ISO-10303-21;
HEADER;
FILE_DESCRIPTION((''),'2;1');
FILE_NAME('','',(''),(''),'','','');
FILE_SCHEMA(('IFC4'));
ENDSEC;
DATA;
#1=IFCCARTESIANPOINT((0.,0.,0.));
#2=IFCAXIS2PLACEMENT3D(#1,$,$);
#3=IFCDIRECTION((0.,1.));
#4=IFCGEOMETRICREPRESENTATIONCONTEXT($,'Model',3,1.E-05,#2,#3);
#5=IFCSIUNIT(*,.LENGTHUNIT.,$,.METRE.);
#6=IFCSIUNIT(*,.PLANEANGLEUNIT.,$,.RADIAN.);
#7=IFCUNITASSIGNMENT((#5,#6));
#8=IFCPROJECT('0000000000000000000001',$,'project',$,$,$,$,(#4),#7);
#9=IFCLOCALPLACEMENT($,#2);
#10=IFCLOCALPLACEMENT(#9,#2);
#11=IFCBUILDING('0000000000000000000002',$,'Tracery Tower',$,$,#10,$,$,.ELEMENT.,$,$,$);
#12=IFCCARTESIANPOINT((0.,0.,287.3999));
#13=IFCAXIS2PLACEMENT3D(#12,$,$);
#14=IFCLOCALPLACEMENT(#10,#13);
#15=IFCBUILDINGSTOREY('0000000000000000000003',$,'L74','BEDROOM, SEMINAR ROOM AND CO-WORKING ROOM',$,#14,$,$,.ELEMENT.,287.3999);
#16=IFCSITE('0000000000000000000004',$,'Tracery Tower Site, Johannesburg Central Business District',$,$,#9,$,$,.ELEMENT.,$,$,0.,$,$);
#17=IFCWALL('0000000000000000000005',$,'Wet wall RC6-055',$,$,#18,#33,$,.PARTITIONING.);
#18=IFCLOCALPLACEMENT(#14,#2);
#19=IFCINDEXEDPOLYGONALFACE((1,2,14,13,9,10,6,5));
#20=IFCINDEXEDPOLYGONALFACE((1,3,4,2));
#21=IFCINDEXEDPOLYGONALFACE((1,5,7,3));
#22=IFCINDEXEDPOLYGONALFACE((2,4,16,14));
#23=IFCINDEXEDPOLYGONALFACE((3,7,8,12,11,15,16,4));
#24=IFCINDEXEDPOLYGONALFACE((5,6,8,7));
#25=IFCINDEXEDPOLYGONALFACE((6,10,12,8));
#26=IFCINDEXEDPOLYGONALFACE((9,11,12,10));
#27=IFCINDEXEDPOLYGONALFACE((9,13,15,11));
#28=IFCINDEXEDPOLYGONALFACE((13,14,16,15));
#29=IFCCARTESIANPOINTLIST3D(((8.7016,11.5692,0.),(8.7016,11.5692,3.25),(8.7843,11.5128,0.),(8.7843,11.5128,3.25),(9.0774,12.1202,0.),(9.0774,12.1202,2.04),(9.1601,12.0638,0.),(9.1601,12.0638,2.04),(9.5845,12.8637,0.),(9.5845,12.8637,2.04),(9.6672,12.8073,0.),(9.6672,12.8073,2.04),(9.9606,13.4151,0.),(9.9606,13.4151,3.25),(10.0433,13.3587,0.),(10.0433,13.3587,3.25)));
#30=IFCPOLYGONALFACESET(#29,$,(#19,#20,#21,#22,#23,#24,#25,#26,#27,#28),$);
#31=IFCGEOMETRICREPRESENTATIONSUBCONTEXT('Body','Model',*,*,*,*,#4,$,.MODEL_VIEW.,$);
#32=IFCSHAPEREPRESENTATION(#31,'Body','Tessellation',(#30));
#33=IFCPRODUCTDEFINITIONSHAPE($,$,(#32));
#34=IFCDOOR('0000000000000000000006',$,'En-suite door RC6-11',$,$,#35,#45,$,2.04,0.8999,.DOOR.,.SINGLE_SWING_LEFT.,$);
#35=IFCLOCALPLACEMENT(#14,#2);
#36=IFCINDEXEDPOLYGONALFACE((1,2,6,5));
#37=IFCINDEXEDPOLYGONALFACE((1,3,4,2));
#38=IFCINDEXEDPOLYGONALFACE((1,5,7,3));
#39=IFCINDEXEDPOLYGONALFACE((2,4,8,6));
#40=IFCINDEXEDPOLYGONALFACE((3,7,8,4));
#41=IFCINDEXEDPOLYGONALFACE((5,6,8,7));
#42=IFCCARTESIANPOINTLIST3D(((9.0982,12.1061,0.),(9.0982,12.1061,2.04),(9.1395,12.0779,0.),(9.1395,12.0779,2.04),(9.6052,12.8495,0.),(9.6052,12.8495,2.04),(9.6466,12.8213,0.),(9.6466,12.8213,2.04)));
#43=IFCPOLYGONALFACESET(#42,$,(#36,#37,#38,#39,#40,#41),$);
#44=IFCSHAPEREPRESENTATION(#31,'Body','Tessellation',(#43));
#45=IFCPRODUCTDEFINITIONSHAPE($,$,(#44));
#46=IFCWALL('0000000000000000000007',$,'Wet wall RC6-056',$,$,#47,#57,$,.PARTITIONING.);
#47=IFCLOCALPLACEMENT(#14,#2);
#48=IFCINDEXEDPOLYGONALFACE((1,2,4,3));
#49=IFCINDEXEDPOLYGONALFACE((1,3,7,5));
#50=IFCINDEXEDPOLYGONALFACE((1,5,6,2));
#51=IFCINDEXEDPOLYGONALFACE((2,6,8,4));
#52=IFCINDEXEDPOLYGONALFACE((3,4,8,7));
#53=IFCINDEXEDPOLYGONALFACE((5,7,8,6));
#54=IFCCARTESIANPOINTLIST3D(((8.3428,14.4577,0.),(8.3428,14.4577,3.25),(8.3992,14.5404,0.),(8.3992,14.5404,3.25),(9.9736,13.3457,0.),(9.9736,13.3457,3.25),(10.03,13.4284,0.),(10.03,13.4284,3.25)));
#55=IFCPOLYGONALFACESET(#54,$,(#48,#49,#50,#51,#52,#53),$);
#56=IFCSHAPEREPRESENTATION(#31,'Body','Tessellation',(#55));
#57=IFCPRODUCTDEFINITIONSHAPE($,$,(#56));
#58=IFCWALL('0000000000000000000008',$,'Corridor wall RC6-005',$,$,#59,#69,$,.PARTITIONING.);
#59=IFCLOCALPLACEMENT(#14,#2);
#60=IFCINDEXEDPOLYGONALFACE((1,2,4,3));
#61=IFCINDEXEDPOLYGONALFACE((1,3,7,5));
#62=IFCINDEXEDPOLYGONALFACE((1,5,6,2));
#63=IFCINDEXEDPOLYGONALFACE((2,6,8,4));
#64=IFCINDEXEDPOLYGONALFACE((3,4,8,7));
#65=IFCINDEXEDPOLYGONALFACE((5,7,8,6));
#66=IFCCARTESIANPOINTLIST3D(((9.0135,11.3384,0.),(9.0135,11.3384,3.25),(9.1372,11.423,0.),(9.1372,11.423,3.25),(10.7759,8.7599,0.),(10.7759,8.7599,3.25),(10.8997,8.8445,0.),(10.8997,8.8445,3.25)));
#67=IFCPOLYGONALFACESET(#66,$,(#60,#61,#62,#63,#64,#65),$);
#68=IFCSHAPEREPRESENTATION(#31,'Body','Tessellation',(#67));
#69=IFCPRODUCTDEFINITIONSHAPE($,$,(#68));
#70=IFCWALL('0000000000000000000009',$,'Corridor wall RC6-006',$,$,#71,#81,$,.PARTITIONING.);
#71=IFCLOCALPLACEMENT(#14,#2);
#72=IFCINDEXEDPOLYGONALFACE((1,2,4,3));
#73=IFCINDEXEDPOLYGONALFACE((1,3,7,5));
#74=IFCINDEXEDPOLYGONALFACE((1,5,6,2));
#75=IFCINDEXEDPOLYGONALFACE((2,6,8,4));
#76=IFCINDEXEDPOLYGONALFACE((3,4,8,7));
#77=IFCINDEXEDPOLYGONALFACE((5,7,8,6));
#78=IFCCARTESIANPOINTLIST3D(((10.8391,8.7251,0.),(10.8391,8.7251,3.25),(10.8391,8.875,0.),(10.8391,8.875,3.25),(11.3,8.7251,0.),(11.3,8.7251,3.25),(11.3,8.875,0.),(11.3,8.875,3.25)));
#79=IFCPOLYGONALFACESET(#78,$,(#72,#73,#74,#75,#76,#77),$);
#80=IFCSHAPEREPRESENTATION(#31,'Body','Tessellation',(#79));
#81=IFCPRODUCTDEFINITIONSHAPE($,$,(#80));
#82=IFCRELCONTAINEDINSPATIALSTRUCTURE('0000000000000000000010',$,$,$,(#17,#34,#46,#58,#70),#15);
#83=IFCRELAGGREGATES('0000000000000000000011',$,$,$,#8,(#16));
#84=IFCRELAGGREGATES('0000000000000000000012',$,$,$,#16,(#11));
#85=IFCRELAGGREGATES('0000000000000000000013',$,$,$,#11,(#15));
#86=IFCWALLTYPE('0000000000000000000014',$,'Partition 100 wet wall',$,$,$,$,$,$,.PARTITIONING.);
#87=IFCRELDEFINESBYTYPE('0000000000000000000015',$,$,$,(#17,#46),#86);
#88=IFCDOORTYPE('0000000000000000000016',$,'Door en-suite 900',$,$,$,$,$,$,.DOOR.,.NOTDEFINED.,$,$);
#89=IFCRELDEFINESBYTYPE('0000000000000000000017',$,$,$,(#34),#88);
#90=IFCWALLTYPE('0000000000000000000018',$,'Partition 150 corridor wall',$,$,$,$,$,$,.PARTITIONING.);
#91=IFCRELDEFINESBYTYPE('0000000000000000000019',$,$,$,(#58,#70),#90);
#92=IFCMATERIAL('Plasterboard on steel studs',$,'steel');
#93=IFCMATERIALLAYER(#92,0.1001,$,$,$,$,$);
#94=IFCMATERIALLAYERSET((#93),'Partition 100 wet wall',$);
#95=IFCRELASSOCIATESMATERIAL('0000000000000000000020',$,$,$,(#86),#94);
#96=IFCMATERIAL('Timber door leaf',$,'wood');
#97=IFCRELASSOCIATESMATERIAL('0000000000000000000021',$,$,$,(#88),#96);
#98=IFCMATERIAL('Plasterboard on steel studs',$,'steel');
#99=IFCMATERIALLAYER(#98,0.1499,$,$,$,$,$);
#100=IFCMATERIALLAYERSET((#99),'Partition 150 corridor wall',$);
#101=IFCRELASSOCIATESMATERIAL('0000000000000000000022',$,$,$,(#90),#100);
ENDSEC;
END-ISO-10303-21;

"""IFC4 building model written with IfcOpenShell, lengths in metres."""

from ifc_helpers import new_model, si_unit, direction, frame, frame_2d, origin, place, context, subcontext, project, spatial, rectangle, extrude, material, layer, layer_set, type_object, element, fill, save


model = new_model("IFC4")

# Units and contexts
model_context = context("Model", 3, precision=1e-05, world=origin(), true_north=direction((0.0, 1.0)))
body_context = subcontext(model_context, "Body", "Model", "MODEL_VIEW")
ifc_project = project(units=[si_unit("LENGTHUNIT", "METRE"), si_unit("PLANEANGLEUNIT", "RADIAN")], contexts=[model_context])

# Site, building, storey
site_placement = place(None, origin())
site = spatial("IfcSite", under=ifc_project, at=site_placement, Name="Tracery Tower Site, Johannesburg Central Business District", CompositionType="ELEMENT", RefElevation=0.0)
building_placement = place(site_placement, origin())
building = spatial("IfcBuilding", under=site, at=building_placement, Name="Tracery Tower", CompositionType="ELEMENT")
storey_placement = place(building_placement, frame((0.0, 0.0, 287.3999)))
storey = spatial("IfcBuildingStorey", under=building, at=storey_placement, Name="L74", Description="BEDROOM, SEMINAR ROOM AND CO-WORKING ROOM", CompositionType="ELEMENT", Elevation=287.3999)

# Wall, opening, door
ifc_material_1 = material(Name="Plasterboard on steel studs", Category="steel")
ifc_layer_1 = layer(ifc_material_1, 0.1001)
ifc_layer_set_1 = layer_set([ifc_layer_1], Name="Partition 100 wet wall")
wall_type_1 = type_object("IfcWallType", Name="Partition 100 wet wall", PredefinedType="PARTITIONING", material=ifc_layer_set_1)
wall_1_placement = place(storey_placement, frame((8.7429, 11.541, 0.0), z_axis=(0.0, 0.0, 1.0), x_axis=(0.563469, 0.826137, 0.0)))
wall_1 = element("IfcWall", 1, at=wall_1_placement, inside=storey, type_object=wall_type_1, Name="Wet wall RC6-055", PredefinedType="PARTITIONING", context=body_context, shape_type="SweptSolid", body=[
    extrude(rectangle(XDim=2.2344, YDim=0.1001, at=frame_2d((1.1172, 0.0))), origin(), (0.0, 0.0, 1.0), 3.25),
])
opening_1_placement = place(wall_1_placement, frame((0.667, 0.0, 0.0)))
opening_1 = element("IfcOpeningElement", 2, at=opening_1_placement, cuts=wall_1, PredefinedType="OPENING", context=body_context, shape_type="SweptSolid", body=[
    extrude(rectangle(XDim=0.8999, YDim=2.04, at=frame_2d((0.45, 1.02))), frame((0.0, 0.05, 0.0), z_axis=(0.0, -1.0, 0.0), x_axis=(1.0, 0.0, 0.0)), (0.0, 0.0, 1.0), 0.1001),
])
ifc_material_2 = material(Name="Timber door leaf", Category="wood")
door_type_1 = type_object("IfcDoorType", Name="Door en-suite 900", OperationType="NOTDEFINED", PredefinedType="DOOR", material=ifc_material_2)
door_1_placement = place(opening_1_placement, origin())
door_1 = element("IfcDoor", 3, at=door_1_placement, inside=storey, type_object=door_type_1, Name="En-suite door RC6-11", OperationType="SINGLE_SWING_LEFT", OverallHeight=2.04, OverallWidth=0.8999, PredefinedType="DOOR", context=body_context, shape_type="SweptSolid", body=[
    extrude(rectangle(XDim=0.8999, YDim=2.04, at=frame_2d((0.45, 1.02))), frame((0.0, 0.0249, 0.0), z_axis=(0.0, -1.0, 0.0), x_axis=(1.0, 0.0, 0.0)), (0.0, 0.0, 1.0), 0.05),
])
fill(opening_1, door_1)

# Walls
wall_2_placement = place(storey_placement, frame((8.3711, 14.499, 0.0), z_axis=(0.0, 0.0, 1.0), x_axis=(0.826201, -0.563375, 0.0)))
element("IfcWall", 4, at=wall_2_placement, inside=storey, type_object=wall_type_1, Name="Wet wall RC6-056", PredefinedType="PARTITIONING", context=body_context, shape_type="SweptSolid", body=[
    extrude(rectangle(XDim=1.9739, YDim=0.1001, at=frame_2d((0.9868, 0.0))), origin(), (0.0, 0.0, 1.0), 3.25),
])
ifc_material_3 = material(Name="Plasterboard on steel studs", Category="steel")
ifc_layer_2 = layer(ifc_material_3, 0.1499)
ifc_layer_set_2 = layer_set([ifc_layer_2], Name="Partition 150 corridor wall")
wall_type_2 = type_object("IfcWallType", Name="Partition 150 corridor wall", PredefinedType="PARTITIONING", material=ifc_layer_set_2)
wall_3_placement = place(storey_placement, frame((9.0754, 11.3806, 0.0), z_axis=(0.0, 0.0, 1.0), x_axis=(0.564278, -0.825585, 0.0)))
element("IfcWall", 5, at=wall_3_placement, inside=storey, type_object=wall_type_2, Name="Corridor wall RC6-005", PredefinedType="PARTITIONING", context=body_context, shape_type="SweptSolid", body=[
    extrude(rectangle(XDim=3.1233, YDim=0.1499, at=frame_2d((1.5615, 0.0))), origin(), (0.0, 0.0, 1.0), 3.25),
])
wall_4_placement = place(storey_placement, frame((10.8391, 8.8, 0.0), z_axis=(0.0, 0.0, 1.0), x_axis=(1.0, 0.0, 0.0)))
element("IfcWall", 6, at=wall_4_placement, inside=storey, type_object=wall_type_2, Name="Corridor wall RC6-006", PredefinedType="PARTITIONING", context=body_context, shape_type="SweptSolid", body=[
    extrude(rectangle(XDim=0.4609, YDim=0.1499, at=frame_2d((0.2305, 0.0))), origin(), (0.0, 0.0, 1.0), 3.25),
])

save(model, "model.ifc")
